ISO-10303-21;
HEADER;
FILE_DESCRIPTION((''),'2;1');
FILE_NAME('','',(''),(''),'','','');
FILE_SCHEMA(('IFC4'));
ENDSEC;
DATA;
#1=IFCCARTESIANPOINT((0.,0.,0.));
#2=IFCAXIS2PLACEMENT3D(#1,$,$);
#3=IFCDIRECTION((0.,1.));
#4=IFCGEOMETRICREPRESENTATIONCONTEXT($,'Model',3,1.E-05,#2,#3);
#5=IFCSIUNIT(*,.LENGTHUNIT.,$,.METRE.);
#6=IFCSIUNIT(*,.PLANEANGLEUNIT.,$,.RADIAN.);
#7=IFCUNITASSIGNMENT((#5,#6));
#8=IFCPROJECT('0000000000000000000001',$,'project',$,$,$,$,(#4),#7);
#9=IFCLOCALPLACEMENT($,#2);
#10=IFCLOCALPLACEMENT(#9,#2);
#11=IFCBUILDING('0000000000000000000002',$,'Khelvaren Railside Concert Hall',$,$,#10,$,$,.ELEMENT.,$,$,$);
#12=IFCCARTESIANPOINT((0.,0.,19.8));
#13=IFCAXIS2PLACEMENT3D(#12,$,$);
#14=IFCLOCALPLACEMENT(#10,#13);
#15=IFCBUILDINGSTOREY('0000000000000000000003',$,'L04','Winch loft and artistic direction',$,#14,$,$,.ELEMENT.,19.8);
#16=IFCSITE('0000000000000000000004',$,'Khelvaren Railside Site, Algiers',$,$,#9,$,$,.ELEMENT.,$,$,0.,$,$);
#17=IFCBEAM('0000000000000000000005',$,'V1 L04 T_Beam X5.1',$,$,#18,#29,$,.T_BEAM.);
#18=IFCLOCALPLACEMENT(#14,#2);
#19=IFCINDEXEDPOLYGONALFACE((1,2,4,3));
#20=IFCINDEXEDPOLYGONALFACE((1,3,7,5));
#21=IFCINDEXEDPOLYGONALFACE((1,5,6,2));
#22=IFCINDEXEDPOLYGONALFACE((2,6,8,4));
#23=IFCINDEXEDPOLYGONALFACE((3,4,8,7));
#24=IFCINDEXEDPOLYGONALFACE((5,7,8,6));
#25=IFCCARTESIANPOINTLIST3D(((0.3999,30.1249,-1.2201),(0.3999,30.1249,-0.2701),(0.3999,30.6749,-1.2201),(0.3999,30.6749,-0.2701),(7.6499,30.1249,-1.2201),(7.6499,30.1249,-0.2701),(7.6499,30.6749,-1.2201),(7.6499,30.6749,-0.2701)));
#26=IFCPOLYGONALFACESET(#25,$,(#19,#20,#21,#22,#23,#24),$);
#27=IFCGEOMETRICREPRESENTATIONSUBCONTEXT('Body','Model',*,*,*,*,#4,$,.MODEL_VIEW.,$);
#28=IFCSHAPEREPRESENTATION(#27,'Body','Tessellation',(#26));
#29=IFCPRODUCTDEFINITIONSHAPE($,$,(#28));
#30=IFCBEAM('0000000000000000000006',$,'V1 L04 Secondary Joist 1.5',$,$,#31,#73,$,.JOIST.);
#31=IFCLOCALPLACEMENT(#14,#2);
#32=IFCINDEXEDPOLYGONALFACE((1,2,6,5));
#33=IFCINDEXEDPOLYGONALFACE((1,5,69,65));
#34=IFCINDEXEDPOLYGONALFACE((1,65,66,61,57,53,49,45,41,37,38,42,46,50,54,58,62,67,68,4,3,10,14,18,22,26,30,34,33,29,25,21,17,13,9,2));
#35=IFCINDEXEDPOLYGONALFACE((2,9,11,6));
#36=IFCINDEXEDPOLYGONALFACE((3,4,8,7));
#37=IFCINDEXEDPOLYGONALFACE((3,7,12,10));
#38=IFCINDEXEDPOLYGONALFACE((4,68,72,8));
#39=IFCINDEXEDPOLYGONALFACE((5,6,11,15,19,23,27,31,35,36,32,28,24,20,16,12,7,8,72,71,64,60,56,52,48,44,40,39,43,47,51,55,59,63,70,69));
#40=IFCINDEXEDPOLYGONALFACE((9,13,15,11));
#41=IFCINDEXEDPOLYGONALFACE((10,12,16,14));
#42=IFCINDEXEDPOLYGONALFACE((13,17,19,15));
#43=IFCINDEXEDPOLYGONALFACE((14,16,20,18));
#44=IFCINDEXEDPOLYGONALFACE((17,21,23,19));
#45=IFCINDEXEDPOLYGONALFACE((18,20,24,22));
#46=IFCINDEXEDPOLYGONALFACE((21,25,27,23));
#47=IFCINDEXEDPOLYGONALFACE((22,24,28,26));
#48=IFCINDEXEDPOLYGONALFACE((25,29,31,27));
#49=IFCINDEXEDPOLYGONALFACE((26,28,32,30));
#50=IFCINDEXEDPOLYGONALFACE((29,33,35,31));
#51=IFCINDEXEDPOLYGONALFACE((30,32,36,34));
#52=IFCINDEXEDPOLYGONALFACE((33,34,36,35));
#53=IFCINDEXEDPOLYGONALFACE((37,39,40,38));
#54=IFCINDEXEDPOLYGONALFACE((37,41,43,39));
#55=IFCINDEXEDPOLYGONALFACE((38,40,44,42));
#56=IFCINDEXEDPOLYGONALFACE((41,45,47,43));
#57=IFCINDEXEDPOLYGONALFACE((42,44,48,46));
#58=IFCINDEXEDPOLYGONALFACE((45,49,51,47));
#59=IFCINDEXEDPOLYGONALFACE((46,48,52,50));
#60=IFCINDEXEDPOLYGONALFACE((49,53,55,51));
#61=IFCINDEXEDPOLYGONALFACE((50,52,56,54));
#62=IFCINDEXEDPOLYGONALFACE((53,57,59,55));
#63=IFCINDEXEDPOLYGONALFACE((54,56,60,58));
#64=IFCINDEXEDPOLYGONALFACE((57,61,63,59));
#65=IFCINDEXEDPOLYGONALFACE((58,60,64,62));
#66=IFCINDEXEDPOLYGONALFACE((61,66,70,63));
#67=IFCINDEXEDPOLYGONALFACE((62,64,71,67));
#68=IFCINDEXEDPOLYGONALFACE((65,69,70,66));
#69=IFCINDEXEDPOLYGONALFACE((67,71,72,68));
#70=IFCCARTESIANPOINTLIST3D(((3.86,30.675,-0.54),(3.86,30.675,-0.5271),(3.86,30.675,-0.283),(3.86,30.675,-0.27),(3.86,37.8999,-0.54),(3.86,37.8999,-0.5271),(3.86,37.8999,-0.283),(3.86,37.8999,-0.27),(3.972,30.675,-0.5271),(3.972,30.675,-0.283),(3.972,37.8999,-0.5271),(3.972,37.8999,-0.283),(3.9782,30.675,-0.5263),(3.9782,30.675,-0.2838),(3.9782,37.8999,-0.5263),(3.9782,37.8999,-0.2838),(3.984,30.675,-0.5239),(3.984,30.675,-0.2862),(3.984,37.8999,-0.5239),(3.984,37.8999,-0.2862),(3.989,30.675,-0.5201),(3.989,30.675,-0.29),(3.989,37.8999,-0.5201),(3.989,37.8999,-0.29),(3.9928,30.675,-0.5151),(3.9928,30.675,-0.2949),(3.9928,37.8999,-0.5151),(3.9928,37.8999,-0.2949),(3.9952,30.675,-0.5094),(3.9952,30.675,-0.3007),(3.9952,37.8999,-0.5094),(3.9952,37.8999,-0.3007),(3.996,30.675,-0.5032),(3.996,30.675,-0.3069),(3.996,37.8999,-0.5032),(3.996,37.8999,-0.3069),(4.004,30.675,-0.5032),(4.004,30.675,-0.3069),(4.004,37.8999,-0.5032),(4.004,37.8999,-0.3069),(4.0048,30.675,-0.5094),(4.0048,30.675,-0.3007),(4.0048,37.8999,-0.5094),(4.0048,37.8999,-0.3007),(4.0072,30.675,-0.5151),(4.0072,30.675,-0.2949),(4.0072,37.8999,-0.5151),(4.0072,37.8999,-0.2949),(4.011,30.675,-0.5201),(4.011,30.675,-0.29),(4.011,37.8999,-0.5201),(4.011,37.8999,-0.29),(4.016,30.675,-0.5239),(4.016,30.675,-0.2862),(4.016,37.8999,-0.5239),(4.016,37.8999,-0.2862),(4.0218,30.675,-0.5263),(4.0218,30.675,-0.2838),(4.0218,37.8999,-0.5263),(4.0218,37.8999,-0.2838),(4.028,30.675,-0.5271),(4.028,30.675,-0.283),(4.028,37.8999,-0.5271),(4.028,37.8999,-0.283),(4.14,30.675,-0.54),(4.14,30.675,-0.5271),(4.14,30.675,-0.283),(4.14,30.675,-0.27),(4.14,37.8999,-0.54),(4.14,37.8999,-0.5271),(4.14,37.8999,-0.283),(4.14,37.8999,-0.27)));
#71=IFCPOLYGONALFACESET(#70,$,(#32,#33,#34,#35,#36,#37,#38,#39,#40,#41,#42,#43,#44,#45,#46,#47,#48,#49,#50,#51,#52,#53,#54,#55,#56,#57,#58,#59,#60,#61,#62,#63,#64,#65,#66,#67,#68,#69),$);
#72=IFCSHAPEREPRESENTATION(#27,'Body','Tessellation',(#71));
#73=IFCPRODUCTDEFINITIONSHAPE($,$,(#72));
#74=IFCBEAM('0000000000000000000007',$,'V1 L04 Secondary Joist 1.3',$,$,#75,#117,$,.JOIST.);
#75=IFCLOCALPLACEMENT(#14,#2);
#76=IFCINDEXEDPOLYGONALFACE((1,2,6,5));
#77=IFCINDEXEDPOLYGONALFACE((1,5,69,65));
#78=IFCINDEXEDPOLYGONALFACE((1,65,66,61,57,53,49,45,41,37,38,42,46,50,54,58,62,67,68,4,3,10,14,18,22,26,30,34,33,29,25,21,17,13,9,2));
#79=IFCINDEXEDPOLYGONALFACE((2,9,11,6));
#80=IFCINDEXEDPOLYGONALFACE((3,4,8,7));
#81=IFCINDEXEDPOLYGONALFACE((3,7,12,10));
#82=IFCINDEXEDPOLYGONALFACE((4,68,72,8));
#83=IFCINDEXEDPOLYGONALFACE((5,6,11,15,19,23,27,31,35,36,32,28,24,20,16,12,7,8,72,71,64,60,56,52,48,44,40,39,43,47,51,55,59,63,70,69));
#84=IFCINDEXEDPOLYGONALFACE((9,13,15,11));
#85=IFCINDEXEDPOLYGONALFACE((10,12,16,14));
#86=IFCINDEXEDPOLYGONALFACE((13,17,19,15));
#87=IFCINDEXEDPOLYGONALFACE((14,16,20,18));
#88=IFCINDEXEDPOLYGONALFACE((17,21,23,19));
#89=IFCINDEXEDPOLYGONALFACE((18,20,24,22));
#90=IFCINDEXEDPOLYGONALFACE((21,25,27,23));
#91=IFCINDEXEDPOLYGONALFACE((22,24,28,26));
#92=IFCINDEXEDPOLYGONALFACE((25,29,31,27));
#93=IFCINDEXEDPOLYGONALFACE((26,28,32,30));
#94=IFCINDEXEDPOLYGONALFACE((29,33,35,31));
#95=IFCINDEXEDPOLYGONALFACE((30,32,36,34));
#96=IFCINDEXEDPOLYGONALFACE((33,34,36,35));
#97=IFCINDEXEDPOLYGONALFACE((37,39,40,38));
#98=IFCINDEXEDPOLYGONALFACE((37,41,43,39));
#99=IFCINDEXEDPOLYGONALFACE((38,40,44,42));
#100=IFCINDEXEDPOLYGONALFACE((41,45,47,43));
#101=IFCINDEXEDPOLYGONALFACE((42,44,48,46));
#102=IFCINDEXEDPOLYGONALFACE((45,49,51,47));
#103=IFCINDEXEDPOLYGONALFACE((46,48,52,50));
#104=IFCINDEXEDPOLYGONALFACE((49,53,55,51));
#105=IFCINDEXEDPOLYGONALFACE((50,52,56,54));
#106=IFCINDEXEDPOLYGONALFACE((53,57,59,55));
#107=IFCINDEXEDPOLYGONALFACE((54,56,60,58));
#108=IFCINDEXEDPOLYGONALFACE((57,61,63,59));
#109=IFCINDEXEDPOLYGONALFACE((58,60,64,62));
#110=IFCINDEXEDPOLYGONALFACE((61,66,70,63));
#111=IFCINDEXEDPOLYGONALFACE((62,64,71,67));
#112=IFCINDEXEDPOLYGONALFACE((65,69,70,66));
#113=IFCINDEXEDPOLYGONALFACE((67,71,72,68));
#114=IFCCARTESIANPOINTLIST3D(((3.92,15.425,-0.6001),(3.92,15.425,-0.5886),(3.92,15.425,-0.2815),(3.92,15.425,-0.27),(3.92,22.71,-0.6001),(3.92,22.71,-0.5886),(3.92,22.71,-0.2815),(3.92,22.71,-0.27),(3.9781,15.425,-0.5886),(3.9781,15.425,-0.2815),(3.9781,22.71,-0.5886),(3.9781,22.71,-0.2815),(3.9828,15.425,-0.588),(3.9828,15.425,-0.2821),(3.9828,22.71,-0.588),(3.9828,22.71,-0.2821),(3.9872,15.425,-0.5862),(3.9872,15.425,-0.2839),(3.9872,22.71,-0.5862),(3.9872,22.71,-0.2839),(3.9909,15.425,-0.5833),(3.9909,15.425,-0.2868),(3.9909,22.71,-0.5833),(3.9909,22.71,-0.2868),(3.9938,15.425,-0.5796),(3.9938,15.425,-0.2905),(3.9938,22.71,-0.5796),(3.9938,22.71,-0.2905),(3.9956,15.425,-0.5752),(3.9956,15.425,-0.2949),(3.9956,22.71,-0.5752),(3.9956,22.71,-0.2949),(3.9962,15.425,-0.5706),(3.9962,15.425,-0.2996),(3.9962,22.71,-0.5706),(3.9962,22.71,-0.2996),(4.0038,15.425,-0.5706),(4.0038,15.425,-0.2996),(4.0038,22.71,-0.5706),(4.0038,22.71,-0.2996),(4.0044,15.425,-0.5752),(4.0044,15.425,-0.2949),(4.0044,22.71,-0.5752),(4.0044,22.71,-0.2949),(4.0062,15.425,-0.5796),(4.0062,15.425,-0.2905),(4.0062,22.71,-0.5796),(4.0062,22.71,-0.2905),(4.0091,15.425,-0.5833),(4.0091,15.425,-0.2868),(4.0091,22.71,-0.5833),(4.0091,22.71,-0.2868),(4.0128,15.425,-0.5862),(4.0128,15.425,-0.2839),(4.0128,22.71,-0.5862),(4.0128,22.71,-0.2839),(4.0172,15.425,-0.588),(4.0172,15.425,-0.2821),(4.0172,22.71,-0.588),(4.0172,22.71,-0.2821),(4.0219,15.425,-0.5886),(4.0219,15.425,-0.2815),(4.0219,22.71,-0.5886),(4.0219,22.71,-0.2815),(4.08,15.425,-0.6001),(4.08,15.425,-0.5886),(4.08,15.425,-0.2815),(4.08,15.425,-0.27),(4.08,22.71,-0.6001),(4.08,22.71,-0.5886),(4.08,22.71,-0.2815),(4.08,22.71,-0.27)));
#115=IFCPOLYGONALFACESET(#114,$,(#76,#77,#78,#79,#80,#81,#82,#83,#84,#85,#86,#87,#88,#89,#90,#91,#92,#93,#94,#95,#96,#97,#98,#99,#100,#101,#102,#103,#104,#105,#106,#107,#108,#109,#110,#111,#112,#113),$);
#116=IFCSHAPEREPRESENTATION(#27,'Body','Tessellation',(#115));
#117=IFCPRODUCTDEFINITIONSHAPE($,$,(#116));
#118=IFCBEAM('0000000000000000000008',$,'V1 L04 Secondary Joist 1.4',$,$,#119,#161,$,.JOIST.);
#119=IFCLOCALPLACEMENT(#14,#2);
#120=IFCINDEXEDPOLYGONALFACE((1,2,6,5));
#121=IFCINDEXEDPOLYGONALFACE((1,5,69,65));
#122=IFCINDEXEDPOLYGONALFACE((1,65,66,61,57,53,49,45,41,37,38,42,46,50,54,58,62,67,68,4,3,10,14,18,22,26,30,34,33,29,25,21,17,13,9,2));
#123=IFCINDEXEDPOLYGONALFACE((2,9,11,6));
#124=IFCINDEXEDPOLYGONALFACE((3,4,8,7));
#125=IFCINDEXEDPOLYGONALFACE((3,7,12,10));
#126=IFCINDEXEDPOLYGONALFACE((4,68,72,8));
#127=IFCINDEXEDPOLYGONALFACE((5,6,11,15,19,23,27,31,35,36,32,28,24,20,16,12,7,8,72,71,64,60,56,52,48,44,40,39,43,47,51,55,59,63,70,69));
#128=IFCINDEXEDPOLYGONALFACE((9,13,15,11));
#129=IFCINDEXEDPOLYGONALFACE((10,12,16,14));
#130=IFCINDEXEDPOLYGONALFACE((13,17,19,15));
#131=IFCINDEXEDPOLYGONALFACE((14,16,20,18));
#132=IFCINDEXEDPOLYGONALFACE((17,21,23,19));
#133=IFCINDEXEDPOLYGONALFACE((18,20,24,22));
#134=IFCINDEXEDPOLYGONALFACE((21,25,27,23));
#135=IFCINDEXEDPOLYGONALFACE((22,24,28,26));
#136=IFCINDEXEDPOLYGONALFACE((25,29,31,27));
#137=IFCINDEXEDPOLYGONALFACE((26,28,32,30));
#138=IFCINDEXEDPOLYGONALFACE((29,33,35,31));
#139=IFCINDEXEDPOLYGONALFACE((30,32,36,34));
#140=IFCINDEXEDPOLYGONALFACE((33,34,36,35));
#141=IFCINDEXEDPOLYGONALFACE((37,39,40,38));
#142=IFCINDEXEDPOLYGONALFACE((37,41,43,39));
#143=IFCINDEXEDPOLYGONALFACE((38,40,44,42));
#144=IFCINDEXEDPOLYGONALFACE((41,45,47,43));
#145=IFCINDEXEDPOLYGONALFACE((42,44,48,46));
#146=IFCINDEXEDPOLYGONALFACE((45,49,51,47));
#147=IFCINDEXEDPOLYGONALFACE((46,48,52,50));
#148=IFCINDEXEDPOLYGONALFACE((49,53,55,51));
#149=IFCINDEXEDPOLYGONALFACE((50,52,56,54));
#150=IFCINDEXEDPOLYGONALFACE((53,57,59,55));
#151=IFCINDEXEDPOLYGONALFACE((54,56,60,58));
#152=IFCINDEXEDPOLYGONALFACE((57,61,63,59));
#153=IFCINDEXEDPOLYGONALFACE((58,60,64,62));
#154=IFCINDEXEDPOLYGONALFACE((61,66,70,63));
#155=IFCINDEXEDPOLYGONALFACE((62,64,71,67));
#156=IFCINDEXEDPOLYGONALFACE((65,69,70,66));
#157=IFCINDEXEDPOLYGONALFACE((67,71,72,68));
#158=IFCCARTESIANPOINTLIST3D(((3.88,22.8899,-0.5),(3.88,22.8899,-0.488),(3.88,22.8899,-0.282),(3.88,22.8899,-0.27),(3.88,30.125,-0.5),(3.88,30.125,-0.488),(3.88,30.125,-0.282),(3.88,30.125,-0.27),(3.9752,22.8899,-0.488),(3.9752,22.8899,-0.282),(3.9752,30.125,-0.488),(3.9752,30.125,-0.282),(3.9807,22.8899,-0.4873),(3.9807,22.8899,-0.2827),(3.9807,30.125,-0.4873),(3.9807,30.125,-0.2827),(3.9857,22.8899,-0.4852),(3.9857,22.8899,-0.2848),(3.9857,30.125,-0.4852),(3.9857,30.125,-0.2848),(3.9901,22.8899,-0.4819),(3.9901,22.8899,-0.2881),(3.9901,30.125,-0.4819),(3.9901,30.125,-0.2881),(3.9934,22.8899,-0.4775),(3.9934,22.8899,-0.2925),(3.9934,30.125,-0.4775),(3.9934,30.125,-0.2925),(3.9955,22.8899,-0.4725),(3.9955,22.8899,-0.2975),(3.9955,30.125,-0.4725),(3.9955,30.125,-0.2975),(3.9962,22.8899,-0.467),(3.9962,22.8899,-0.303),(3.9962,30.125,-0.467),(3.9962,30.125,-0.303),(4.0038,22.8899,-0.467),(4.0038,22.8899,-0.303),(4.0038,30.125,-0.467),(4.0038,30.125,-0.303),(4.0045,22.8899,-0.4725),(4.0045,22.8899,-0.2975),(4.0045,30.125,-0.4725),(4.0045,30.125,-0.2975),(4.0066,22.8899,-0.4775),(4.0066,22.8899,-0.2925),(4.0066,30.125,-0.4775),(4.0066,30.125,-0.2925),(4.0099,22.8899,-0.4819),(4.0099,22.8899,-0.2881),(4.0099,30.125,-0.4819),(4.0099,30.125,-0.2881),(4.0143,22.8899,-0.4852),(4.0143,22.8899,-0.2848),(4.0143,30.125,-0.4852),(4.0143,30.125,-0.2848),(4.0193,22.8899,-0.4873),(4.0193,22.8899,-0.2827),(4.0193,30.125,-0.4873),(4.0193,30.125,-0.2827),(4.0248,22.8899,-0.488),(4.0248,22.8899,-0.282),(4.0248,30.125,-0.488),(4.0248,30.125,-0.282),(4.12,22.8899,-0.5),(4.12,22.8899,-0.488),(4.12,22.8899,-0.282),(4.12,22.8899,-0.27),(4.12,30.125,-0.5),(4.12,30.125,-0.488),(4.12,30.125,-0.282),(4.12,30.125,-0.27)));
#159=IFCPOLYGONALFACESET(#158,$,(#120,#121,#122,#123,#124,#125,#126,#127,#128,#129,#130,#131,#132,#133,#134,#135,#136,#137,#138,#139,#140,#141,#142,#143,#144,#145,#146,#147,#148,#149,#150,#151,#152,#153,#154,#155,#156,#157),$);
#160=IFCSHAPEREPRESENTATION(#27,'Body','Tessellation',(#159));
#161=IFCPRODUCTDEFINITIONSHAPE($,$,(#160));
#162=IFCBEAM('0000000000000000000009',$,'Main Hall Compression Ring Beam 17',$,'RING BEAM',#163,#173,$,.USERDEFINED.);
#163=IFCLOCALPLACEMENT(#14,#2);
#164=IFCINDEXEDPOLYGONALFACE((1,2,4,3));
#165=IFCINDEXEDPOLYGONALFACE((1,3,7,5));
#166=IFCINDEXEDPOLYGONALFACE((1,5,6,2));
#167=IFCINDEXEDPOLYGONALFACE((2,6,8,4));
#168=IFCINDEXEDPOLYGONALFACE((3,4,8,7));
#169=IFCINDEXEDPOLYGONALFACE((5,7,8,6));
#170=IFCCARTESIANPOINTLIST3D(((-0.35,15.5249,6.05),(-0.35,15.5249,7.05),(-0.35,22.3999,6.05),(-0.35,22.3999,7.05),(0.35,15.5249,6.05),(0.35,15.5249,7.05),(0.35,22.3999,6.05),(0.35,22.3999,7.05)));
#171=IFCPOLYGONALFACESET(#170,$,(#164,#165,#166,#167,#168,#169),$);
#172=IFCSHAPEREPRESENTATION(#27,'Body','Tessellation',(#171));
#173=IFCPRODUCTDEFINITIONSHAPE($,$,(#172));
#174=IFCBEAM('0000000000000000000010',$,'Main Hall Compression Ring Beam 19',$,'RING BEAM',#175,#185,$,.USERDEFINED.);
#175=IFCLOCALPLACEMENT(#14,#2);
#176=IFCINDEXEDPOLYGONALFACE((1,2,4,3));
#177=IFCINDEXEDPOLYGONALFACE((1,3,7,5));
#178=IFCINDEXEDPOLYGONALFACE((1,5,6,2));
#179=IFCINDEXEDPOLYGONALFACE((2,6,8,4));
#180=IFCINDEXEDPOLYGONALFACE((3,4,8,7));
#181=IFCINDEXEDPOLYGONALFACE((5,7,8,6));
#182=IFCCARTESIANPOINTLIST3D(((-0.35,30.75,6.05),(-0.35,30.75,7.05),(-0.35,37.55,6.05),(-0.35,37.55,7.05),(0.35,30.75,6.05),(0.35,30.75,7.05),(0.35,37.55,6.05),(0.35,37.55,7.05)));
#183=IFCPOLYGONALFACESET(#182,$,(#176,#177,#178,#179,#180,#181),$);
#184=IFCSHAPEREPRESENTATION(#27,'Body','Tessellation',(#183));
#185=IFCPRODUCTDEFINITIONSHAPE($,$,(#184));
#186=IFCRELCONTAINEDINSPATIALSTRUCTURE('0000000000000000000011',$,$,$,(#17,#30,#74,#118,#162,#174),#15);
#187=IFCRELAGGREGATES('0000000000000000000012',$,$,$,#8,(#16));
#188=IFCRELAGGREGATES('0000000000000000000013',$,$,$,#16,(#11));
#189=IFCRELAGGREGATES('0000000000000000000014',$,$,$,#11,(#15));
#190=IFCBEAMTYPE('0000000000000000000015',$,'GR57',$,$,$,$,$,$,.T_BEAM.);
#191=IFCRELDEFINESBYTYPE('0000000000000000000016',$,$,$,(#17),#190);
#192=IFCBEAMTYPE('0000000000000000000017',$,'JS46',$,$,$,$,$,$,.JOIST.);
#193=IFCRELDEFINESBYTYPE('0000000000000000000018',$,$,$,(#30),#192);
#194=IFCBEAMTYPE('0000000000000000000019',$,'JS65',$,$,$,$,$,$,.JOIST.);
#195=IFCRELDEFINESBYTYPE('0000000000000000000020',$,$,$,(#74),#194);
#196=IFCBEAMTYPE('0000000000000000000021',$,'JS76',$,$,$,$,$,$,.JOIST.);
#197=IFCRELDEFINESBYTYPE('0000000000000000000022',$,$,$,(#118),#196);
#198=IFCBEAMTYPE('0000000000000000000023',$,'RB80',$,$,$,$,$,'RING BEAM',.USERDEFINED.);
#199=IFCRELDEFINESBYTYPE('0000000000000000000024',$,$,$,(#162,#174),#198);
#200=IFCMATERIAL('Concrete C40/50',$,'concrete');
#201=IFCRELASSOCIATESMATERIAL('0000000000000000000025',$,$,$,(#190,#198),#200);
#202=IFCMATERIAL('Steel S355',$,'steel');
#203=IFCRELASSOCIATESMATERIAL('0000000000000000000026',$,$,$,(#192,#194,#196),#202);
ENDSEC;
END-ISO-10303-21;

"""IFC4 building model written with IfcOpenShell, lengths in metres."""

from ifc_helpers import new_model, si_unit, direction, frame, origin, origin_2d, place, context, subcontext, project, spatial, rectangle, i_section, extrude, material, material_profile, profile_set, type_object, element, save


model = new_model("IFC4")

# Units and contexts
model_context = context("Model", 3, precision=1e-05, world=origin(), true_north=direction((0.0, 1.0)))
body_context = subcontext(model_context, "Body", "Model", "MODEL_VIEW")
ifc_project = project(units=[si_unit("LENGTHUNIT", "METRE"), si_unit("PLANEANGLEUNIT", "RADIAN")], contexts=[model_context])

# Site, building, storey
site_placement = place(None, origin())
site = spatial("IfcSite", under=ifc_project, at=site_placement, Name="Khelvaren Railside Site, Algiers", CompositionType="ELEMENT", RefElevation=0.0)
building_placement = place(site_placement, origin())
building = spatial("IfcBuilding", under=site, at=building_placement, Name="Khelvaren Railside Concert Hall", CompositionType="ELEMENT")
storey_placement = place(building_placement, frame((0.0, 0.0, 19.8)))
storey = spatial("IfcBuildingStorey", under=building, at=storey_placement, Name="L04", Description="Winch loft and artistic direction", CompositionType="ELEMENT", Elevation=19.8)

# Shared definitions
ifc_material_1 = material(Name="Steel S355", Category="steel")
ifc_material_2 = material(Name="Concrete C40/50", Category="concrete")

# Beams
ifc_material_profile_1 = material_profile(ifc_material_2, rectangle(XDim=0.55, YDim=0.95, at=origin_2d()), Name="RCB 550x950")
ifc_profile_set_1 = profile_set([ifc_material_profile_1], Name="Concrete C40/50")
beam_type_1 = type_object("IfcBeamType", Name="GR57", PredefinedType="T_BEAM", material=ifc_profile_set_1)
beam_1_placement = place(storey_placement, frame((0.3999, 30.3999, -0.7451), z_axis=(1.0, 0.0, 0.0), x_axis=(0.0, 1.0, 0.0)))
element("IfcBeam", 1, at=beam_1_placement, inside=storey, type_object=beam_type_1, Name="V1 L04 T_Beam X5.1", PredefinedType="T_BEAM", context=body_context, shape_type="SweptSolid", body=[
    extrude(rectangle(XDim=0.55, YDim=0.95, at=origin_2d()), origin(), (0.0, 0.0, 1.0), 7.25),
])
ifc_material_profile_2 = material_profile(ifc_material_1, i_section(OverallWidth=0.28, OverallDepth=0.27, WebThickness=0.0081, FlangeThickness=0.0129, FilletRadius=0.0239, at=origin_2d()), Name="HEA 280")
ifc_profile_set_2 = profile_set([ifc_material_profile_2], Name="Steel S355")
beam_type_2 = type_object("IfcBeamType", Name="JS46", PredefinedType="JOIST", material=ifc_profile_set_2)
beam_2_placement = place(storey_placement, frame((4.0, 30.675, -0.405), z_axis=(0.0, 1.0, 0.0), x_axis=(-1.0, 0.0, 0.0)))
element("IfcBeam", 2, at=beam_2_placement, inside=storey, type_object=beam_type_2, Name="V1 L04 Secondary Joist 1.5", PredefinedType="JOIST", context=body_context, shape_type="SweptSolid", body=[
    extrude(i_section(OverallWidth=0.28, OverallDepth=0.27, WebThickness=0.0081, FlangeThickness=0.0129, FilletRadius=0.0239, at=origin_2d()), origin(), (0.0, 0.0, 1.0), 7.2249),
])
ifc_material_profile_3 = material_profile(ifc_material_1, i_section(OverallWidth=0.1599, OverallDepth=0.3301, WebThickness=0.0076, FlangeThickness=0.0115, FilletRadius=0.0181, at=origin_2d()), Name="IPE 330")
ifc_profile_set_3 = profile_set([ifc_material_profile_3], Name="Steel S355")
beam_type_3 = type_object("IfcBeamType", Name="JS65", PredefinedType="JOIST", material=ifc_profile_set_3)
beam_3_placement = place(storey_placement, frame((4.0, 15.425, -0.4351), z_axis=(0.0, 1.0, 0.0), x_axis=(-1.0, 0.0, 0.0)))
element("IfcBeam", 3, at=beam_3_placement, inside=storey, type_object=beam_type_3, Name="V1 L04 Secondary Joist 1.3", PredefinedType="JOIST", context=body_context, shape_type="SweptSolid", body=[
    extrude(i_section(OverallWidth=0.1599, OverallDepth=0.3301, WebThickness=0.0076, FlangeThickness=0.0115, FilletRadius=0.0181, at=origin_2d()), origin(), (0.0, 0.0, 1.0), 7.2849),
])
ifc_material_profile_4 = material_profile(ifc_material_1, i_section(OverallWidth=0.24, OverallDepth=0.23, WebThickness=0.0076, FlangeThickness=0.012, FilletRadius=0.021, at=origin_2d()), Name="HEA 240")
ifc_profile_set_4 = profile_set([ifc_material_profile_4], Name="Steel S355")
beam_type_4 = type_object("IfcBeamType", Name="JS76", PredefinedType="JOIST", material=ifc_profile_set_4)
beam_4_placement = place(storey_placement, frame((4.0, 22.8899, -0.385), z_axis=(0.0, 1.0, 0.0), x_axis=(-1.0, 0.0, 0.0)))
element("IfcBeam", 4, at=beam_4_placement, inside=storey, type_object=beam_type_4, Name="V1 L04 Secondary Joist 1.4", PredefinedType="JOIST", context=body_context, shape_type="SweptSolid", body=[
    extrude(i_section(OverallWidth=0.24, OverallDepth=0.23, WebThickness=0.0076, FlangeThickness=0.012, FilletRadius=0.021, at=origin_2d()), origin(), (0.0, 0.0, 1.0), 7.2351),
])
ifc_material_profile_5 = material_profile(ifc_material_2, rectangle(XDim=0.7, YDim=1.0, at=origin_2d()), Name="RCB 700x1000")
ifc_profile_set_5 = profile_set([ifc_material_profile_5], Name="Concrete C40/50")
beam_type_5 = type_object("IfcBeamType", Name="RB80", ElementType="RING BEAM", PredefinedType="USERDEFINED", material=ifc_profile_set_5)
beam_5_placement = place(storey_placement, frame((0.0, 15.5249, 6.55), z_axis=(0.0, 1.0, 0.0), x_axis=(-1.0, 0.0, 0.0)))
element("IfcBeam", 5, at=beam_5_placement, inside=storey, type_object=beam_type_5, Name="Main Hall Compression Ring Beam 17", ObjectType="RING BEAM", PredefinedType="USERDEFINED", context=body_context, shape_type="SweptSolid", body=[
    extrude(rectangle(XDim=0.7, YDim=1.0, at=origin_2d()), origin(), (0.0, 0.0, 1.0), 6.875),
])
beam_6_placement = place(storey_placement, frame((0.0, 30.75, 6.55), z_axis=(0.0, 1.0, 0.0), x_axis=(-1.0, 0.0, 0.0)))
element("IfcBeam", 6, at=beam_6_placement, inside=storey, type_object=beam_type_5, Name="Main Hall Compression Ring Beam 19", ObjectType="RING BEAM", PredefinedType="USERDEFINED", context=body_context, shape_type="SweptSolid", body=[
    extrude(rectangle(XDim=0.7, YDim=1.0, at=origin_2d()), origin(), (0.0, 0.0, 1.0), 6.8),
])

save(model, "model.ifc")
